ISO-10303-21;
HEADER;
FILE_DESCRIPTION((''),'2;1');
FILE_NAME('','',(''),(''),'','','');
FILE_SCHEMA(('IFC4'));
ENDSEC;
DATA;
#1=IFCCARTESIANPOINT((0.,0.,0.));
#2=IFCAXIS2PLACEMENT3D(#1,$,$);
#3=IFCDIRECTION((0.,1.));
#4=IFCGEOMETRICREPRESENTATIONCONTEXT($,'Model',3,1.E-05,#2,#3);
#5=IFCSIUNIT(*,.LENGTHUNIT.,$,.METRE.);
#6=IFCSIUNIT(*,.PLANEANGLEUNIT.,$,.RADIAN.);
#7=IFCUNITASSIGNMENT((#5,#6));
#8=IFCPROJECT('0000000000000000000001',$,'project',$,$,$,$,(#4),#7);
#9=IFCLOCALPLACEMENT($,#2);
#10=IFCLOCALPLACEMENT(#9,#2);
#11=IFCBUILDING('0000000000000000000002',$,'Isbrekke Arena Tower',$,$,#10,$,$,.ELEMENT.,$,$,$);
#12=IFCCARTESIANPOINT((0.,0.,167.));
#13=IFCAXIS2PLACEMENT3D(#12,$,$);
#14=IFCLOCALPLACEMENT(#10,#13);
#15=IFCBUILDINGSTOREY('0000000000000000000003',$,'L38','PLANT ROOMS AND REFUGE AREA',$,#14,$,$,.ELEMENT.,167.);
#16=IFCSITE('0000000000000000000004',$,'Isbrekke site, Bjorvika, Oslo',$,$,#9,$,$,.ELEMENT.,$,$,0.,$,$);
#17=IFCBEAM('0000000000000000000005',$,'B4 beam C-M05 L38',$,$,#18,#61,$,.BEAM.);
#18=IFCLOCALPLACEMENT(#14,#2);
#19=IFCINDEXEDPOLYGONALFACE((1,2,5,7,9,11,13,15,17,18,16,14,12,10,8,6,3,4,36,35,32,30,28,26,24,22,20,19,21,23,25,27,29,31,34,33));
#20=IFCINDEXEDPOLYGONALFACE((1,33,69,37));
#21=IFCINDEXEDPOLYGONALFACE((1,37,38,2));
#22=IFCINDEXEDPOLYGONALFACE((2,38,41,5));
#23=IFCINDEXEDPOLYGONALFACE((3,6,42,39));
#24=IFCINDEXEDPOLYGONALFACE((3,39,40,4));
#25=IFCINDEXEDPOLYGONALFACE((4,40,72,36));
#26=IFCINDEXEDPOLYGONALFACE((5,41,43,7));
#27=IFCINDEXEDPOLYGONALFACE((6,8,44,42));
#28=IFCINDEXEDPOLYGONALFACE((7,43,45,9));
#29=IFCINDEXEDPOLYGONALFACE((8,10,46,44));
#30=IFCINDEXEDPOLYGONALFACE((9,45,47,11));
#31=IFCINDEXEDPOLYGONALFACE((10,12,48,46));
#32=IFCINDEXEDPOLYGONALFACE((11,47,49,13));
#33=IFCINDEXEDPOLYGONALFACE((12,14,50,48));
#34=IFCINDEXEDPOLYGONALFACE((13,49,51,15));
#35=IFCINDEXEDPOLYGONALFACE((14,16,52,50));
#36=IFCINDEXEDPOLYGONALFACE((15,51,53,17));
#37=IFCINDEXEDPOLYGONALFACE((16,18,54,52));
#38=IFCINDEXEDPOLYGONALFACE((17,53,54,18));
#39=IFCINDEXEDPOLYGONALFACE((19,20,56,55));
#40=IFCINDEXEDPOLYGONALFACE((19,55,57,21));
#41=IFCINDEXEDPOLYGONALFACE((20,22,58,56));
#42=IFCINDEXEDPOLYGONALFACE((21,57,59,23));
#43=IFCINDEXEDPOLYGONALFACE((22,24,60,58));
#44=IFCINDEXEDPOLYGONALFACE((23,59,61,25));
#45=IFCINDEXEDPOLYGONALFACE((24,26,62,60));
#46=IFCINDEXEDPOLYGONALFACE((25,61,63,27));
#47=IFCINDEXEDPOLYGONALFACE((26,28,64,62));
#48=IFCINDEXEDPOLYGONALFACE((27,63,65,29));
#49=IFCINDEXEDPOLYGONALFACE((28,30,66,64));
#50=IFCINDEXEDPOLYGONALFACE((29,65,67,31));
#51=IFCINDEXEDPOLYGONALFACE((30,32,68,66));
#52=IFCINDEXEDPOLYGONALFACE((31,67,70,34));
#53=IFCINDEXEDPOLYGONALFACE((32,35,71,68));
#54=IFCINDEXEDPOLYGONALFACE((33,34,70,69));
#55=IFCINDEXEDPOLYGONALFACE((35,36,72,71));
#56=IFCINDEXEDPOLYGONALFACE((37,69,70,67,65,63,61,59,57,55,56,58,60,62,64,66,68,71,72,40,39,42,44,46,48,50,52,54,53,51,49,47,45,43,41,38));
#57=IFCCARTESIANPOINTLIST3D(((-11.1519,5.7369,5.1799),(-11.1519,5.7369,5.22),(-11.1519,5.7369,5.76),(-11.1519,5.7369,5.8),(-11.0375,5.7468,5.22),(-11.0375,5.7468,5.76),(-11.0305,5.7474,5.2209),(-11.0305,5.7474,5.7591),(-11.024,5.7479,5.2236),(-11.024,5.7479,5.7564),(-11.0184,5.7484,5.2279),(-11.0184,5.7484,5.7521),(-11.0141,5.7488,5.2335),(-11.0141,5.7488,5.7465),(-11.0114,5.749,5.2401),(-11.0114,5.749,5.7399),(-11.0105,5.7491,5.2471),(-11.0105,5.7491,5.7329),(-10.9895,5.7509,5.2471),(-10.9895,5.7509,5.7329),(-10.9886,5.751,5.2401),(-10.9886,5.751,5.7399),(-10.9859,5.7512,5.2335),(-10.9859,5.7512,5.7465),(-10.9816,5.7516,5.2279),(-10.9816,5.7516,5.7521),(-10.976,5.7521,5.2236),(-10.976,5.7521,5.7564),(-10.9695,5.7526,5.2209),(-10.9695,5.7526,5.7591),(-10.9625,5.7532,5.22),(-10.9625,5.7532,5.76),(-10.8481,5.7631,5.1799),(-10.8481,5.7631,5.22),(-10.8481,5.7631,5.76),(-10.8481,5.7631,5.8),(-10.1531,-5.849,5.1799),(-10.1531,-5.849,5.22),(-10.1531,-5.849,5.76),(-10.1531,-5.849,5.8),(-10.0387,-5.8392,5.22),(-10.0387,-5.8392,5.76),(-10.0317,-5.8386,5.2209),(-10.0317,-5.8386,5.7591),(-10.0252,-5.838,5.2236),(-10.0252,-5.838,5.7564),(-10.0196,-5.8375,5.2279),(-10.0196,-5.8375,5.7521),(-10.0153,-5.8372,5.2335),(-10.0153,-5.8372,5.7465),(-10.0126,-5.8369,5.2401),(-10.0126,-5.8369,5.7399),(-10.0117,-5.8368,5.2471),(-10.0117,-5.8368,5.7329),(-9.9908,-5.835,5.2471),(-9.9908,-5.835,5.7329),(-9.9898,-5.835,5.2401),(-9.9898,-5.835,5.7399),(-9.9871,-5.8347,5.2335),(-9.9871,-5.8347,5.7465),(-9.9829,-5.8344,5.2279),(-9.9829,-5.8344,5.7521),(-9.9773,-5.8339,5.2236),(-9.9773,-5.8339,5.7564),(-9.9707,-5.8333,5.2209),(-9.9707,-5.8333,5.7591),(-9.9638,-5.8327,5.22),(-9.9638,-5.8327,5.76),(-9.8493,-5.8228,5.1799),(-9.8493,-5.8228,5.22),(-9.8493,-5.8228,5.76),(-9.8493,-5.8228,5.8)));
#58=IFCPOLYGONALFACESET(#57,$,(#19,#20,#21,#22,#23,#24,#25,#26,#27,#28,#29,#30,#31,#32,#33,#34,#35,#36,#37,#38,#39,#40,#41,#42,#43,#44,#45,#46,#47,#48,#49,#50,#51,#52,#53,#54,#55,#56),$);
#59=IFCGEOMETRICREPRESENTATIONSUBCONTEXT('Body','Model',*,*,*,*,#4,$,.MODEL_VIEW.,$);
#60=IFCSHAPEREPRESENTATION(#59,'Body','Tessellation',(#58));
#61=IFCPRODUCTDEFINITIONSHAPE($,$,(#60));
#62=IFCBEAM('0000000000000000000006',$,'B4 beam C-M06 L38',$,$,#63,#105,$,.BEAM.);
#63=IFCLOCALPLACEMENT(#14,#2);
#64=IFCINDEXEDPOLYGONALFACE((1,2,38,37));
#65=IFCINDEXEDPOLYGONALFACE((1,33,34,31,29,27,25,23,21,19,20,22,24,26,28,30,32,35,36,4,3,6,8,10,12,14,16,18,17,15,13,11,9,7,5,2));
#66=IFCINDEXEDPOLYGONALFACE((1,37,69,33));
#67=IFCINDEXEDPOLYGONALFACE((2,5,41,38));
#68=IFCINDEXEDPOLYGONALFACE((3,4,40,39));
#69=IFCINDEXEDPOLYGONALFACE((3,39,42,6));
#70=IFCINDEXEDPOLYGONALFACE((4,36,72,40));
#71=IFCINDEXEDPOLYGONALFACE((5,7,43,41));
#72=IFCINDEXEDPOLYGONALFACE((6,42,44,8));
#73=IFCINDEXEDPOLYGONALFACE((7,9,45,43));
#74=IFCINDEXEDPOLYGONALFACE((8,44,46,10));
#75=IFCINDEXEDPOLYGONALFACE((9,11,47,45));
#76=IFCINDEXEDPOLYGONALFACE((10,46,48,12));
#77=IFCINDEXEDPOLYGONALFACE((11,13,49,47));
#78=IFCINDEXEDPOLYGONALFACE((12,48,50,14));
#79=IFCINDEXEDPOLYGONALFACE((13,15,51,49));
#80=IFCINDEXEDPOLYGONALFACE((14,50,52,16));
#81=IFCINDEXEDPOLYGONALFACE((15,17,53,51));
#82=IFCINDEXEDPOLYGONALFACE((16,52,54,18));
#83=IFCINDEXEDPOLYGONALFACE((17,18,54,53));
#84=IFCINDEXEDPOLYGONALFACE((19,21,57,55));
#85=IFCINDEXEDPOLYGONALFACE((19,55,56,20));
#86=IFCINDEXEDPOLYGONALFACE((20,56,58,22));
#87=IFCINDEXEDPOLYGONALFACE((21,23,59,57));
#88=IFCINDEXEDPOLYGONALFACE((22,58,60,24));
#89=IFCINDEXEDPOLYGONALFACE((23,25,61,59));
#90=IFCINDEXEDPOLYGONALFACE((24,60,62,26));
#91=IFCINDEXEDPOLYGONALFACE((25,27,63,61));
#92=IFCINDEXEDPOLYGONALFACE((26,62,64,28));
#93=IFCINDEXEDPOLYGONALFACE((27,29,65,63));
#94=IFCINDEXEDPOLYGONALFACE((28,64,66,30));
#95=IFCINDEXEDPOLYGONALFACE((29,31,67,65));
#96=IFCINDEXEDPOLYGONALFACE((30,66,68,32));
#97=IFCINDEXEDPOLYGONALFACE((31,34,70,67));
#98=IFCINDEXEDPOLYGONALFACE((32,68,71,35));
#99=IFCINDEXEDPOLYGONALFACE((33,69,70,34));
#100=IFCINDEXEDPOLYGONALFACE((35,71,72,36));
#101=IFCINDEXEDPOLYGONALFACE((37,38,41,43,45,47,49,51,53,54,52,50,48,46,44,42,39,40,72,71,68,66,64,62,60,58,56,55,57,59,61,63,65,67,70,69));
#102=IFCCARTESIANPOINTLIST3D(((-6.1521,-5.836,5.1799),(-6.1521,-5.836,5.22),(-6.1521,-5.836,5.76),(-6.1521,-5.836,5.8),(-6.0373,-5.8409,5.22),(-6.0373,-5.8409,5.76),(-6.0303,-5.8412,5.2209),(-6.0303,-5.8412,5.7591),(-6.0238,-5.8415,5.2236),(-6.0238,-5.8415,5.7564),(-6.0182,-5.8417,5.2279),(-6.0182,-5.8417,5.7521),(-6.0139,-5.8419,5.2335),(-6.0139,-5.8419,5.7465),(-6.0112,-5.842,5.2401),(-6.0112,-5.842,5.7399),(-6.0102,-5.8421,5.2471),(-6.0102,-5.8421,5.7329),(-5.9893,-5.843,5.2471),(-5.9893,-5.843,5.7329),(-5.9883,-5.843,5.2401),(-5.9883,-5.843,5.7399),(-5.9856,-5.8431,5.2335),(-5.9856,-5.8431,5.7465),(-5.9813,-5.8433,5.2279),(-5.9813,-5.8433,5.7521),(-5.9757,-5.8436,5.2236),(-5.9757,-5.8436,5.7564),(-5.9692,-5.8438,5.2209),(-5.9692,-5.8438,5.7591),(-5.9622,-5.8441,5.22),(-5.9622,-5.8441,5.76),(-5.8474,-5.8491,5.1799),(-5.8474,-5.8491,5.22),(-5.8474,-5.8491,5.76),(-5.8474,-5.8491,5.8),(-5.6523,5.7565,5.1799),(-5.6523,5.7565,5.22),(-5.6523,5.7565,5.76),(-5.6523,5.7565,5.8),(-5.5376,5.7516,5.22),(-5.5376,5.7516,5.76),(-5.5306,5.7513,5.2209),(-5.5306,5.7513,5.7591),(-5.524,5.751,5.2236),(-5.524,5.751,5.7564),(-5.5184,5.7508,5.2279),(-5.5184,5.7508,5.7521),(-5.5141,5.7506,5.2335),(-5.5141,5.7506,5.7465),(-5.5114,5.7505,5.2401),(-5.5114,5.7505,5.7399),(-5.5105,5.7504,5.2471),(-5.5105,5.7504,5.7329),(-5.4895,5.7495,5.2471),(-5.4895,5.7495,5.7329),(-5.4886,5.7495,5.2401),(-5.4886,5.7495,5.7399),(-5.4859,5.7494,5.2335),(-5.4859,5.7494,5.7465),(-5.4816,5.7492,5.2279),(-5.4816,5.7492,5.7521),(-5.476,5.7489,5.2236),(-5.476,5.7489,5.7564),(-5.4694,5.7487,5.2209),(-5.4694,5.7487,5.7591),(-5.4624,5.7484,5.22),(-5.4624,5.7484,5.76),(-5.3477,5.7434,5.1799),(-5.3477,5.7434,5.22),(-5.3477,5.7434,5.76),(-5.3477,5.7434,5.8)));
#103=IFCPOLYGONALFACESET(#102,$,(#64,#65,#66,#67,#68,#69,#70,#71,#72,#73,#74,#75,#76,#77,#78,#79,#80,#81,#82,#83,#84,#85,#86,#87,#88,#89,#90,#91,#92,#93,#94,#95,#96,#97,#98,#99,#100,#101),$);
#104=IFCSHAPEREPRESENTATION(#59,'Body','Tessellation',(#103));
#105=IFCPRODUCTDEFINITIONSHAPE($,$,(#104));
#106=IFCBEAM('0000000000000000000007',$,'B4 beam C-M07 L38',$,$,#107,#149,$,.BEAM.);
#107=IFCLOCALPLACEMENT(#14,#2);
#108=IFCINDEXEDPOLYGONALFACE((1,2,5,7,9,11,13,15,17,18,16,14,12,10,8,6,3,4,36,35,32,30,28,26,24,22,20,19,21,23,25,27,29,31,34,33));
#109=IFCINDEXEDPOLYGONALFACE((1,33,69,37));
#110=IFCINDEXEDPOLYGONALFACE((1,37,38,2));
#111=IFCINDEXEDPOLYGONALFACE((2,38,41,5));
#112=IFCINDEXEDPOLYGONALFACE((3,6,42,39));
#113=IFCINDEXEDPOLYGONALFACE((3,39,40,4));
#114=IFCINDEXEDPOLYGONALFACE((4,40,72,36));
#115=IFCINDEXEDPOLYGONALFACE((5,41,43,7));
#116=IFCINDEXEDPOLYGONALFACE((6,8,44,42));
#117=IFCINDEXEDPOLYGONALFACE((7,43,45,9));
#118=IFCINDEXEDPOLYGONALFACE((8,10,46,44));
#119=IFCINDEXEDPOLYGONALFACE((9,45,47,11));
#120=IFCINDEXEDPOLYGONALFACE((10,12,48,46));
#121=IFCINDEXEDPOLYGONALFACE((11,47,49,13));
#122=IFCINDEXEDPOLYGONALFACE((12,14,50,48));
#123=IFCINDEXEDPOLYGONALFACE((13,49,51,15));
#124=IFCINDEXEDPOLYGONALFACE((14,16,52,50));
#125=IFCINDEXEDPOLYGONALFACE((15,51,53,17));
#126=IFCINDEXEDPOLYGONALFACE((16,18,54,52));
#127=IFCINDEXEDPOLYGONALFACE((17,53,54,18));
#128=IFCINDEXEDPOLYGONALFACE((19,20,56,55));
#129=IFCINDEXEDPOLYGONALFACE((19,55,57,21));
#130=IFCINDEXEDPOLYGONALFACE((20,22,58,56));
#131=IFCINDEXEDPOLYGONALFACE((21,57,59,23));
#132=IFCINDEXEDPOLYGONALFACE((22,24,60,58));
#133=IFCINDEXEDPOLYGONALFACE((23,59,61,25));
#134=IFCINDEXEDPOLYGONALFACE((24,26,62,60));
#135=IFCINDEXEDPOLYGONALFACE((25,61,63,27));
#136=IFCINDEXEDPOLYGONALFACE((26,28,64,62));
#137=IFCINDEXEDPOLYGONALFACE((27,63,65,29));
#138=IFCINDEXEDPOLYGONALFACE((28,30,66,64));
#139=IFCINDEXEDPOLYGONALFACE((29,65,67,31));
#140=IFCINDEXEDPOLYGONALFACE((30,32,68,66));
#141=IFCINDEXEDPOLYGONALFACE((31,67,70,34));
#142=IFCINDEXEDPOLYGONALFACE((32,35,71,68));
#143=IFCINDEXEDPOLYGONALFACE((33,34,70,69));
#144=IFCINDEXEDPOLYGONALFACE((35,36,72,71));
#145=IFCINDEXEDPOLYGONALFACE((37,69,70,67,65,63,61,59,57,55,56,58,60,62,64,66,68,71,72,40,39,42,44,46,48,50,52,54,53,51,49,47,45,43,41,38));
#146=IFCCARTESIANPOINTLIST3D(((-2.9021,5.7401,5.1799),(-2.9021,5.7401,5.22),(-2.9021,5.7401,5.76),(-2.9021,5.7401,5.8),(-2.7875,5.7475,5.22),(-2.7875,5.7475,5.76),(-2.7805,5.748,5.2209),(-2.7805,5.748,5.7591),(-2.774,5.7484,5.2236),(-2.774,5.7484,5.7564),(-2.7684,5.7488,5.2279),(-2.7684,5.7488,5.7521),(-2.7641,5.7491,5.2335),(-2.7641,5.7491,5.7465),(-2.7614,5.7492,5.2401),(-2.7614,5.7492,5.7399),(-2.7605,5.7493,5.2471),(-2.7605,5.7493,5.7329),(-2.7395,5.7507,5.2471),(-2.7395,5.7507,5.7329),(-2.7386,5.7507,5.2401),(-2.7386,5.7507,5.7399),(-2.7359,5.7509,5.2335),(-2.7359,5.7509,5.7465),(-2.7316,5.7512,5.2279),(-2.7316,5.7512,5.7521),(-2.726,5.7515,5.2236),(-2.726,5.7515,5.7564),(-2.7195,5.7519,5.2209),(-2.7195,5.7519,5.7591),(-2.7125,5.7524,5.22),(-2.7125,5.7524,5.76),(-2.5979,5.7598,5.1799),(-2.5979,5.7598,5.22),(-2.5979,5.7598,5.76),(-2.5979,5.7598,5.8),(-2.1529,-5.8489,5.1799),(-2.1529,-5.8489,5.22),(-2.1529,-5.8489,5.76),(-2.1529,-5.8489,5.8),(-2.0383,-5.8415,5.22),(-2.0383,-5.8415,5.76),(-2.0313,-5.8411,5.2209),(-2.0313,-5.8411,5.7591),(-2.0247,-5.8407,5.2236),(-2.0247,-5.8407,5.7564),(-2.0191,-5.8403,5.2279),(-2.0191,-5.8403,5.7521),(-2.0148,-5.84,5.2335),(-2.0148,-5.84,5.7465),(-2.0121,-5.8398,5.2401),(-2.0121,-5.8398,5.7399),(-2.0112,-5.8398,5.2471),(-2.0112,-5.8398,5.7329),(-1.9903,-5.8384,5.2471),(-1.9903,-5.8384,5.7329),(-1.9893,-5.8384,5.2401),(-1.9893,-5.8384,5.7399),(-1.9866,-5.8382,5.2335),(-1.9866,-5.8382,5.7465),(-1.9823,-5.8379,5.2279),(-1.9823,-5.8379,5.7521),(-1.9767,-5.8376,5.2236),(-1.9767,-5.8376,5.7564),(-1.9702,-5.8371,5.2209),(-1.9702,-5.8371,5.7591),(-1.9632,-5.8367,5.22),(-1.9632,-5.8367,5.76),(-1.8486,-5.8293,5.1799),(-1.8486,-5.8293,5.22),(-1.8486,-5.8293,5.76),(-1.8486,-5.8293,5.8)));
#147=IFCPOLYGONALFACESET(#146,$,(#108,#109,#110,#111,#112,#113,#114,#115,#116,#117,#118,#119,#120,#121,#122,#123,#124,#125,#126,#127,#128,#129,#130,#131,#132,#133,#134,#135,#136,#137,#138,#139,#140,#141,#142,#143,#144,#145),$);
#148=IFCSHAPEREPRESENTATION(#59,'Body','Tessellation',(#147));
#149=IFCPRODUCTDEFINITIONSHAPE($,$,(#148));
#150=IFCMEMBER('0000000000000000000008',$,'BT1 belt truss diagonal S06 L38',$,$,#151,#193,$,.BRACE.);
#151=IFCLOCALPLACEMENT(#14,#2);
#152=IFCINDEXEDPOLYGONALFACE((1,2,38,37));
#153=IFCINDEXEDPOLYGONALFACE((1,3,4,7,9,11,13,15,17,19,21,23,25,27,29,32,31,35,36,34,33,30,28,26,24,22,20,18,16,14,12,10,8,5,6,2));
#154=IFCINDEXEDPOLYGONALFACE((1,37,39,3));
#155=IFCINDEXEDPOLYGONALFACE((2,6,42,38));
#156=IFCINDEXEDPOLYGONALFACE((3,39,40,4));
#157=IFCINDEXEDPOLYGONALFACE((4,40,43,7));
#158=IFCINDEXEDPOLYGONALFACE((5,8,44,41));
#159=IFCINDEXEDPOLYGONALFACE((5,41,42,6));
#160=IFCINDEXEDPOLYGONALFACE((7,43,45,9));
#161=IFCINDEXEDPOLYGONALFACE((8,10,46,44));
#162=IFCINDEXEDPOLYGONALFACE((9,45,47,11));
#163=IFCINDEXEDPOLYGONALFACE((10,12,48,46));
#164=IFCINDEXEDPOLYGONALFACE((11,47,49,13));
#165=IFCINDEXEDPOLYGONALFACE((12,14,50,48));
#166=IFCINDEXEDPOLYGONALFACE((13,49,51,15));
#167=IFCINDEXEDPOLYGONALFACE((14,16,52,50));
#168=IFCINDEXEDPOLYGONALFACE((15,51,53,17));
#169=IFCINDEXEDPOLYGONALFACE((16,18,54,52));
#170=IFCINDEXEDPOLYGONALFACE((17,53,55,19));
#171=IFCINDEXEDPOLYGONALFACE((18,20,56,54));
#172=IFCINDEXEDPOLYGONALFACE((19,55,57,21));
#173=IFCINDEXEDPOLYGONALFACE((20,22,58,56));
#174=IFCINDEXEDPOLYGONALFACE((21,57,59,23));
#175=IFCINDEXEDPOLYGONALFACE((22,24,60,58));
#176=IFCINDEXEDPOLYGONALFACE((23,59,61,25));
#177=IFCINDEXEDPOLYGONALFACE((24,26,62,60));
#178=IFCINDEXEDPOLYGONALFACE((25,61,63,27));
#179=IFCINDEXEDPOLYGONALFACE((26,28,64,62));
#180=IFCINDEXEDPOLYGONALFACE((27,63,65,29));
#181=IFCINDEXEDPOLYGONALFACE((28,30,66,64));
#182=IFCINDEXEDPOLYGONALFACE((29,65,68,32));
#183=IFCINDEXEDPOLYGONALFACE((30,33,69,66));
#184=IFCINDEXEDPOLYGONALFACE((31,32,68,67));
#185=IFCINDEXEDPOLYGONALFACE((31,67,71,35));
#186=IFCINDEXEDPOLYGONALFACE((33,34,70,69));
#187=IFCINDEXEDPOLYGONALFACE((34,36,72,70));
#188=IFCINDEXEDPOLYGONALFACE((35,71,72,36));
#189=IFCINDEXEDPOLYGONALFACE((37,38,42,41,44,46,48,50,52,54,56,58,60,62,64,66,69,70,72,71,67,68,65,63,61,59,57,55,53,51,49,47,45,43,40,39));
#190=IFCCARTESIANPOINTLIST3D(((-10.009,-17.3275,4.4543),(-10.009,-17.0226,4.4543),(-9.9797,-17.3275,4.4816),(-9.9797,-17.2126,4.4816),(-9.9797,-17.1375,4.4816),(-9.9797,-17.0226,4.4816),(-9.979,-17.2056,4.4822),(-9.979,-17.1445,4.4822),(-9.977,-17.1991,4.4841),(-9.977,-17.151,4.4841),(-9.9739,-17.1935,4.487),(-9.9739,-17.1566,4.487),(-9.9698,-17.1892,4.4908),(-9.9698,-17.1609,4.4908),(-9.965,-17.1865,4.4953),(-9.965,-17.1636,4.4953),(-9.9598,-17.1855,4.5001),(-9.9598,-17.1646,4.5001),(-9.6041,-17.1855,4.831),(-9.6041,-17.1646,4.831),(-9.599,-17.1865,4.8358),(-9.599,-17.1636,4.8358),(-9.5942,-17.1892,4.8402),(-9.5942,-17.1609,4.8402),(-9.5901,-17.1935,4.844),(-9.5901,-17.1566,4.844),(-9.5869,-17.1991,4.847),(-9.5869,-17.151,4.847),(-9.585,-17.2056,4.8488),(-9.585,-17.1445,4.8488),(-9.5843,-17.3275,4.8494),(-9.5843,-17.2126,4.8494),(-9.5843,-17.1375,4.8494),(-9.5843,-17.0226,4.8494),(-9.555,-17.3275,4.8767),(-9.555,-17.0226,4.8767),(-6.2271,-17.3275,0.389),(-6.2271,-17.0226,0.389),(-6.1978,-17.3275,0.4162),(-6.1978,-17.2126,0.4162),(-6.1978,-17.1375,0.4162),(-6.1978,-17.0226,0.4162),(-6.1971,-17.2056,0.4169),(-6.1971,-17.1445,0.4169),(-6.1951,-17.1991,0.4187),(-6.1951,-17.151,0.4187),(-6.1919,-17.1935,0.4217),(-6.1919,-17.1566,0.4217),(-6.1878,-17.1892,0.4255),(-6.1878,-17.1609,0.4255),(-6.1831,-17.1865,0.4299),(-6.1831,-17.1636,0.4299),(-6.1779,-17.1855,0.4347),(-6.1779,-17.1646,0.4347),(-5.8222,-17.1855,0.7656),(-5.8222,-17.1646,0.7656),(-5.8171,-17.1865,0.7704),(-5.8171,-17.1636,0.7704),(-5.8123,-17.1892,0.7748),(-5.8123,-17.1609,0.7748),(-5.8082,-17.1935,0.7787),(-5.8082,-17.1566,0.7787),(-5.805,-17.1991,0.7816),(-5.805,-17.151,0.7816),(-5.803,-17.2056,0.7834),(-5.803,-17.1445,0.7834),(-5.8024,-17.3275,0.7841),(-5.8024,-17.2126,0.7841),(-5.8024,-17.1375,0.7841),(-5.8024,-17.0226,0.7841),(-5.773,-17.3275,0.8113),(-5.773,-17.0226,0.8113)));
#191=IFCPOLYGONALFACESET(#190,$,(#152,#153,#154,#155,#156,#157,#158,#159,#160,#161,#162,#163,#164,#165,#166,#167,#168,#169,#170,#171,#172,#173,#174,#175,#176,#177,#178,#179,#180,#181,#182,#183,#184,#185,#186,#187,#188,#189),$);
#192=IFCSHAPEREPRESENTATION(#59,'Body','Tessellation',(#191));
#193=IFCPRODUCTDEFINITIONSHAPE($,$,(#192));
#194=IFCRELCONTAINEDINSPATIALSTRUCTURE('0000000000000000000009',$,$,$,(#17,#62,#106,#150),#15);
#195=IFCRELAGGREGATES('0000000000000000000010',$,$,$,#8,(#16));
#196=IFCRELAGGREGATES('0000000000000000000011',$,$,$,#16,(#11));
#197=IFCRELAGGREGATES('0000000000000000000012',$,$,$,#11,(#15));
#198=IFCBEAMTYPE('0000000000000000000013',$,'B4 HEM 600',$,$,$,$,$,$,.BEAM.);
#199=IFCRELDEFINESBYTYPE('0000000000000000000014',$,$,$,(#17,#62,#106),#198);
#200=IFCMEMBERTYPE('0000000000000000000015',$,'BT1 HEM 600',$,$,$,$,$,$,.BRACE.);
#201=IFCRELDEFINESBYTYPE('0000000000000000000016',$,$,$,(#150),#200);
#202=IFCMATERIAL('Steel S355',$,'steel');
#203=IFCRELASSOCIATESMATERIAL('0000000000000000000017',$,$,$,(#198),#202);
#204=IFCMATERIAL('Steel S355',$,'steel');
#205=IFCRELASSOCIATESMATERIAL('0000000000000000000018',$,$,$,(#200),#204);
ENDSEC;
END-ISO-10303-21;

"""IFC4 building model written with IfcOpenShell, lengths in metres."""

from ifc_helpers import new_model, si_unit, direction, frame, origin, origin_2d, place, context, subcontext, project, spatial, i_section, extrude, material, material_profile, profile_set, type_object, element, save


model = new_model("IFC4")

# Units and contexts
model_context = context("Model", 3, precision=1e-05, world=origin(), true_north=direction((0.0, 1.0)))
body_context = subcontext(model_context, "Body", "Model", "MODEL_VIEW")
ifc_project = project(units=[si_unit("LENGTHUNIT", "METRE"), si_unit("PLANEANGLEUNIT", "RADIAN")], contexts=[model_context])

# Site, building, storey
site_placement = place(None, origin())
site = spatial("IfcSite", under=ifc_project, at=site_placement, Name="Isbrekke site, Bjorvika, Oslo", CompositionType="ELEMENT", RefElevation=0.0)
building_placement = place(site_placement, origin())
building = spatial("IfcBuilding", under=site, at=building_placement, Name="Isbrekke Arena Tower", CompositionType="ELEMENT")
storey_placement = place(building_placement, frame((0.0, 0.0, 167.0)))
storey = spatial("IfcBuildingStorey", under=building, at=storey_placement, Name="L38", Description="PLANT ROOMS AND REFUGE AREA", CompositionType="ELEMENT", Elevation=167.0)

# Beams
ifc_material_1 = material(Name="Steel S355", Category="steel")
ifc_material_profile_1 = material_profile(ifc_material_1, i_section(OverallWidth=0.3049, OverallDepth=0.6201, WebThickness=0.021, FlangeThickness=0.04, FilletRadius=0.0271, at=origin_2d()), Name="HEM 600")
ifc_profile_set_1 = profile_set([ifc_material_profile_1], Name="Steel S355")
beam_type_1 = type_object("IfcBeamType", Name="B4 HEM 600", PredefinedType="BEAM", material=ifc_profile_set_1)
beam_1_placement = place(storey_placement, frame((-10.0012, -5.8359, 5.49), z_axis=(-0.085888, 0.996305, 0.0), x_axis=(-0.996305, -0.085888, 0.0)))
element("IfcBeam", 1, at=beam_1_placement, inside=storey, type_object=beam_type_1, Name="B4 beam C-M05 L38", PredefinedType="BEAM", context=body_context, shape_type="SweptSolid", body=[
    extrude(i_section(OverallWidth=0.3049, OverallDepth=0.6201, WebThickness=0.021, FlangeThickness=0.04, FilletRadius=0.0271, at=origin_2d()), origin(), (0.0, 0.0, 1.0), 11.6289),
])
beam_2_placement = place(storey_placement, frame((-5.9998, -5.8425, 5.49), z_axis=(0.04307, 0.999072, 0.0), x_axis=(-0.999072, 0.04307, 0.0)))
element("IfcBeam", 2, at=beam_2_placement, inside=storey, type_object=beam_type_1, Name="B4 beam C-M06 L38", PredefinedType="BEAM", context=body_context, shape_type="SweptSolid", body=[
    extrude(i_section(OverallWidth=0.3049, OverallDepth=0.6201, WebThickness=0.021, FlangeThickness=0.04, FilletRadius=0.0271, at=origin_2d()), origin(), (0.0, 0.0, 1.0), 11.6033),
])
beam_3_placement = place(storey_placement, frame((-2.0007, -5.8391, 5.49), z_axis=(-0.064518, 0.997917, 0.0), x_axis=(-0.997917, -0.064518, 0.0)))
element("IfcBeam", 3, at=beam_3_placement, inside=storey, type_object=beam_type_1, Name="B4 beam C-M07 L38", PredefinedType="BEAM", context=body_context, shape_type="SweptSolid", body=[
    extrude(i_section(OverallWidth=0.3049, OverallDepth=0.6201, WebThickness=0.021, FlangeThickness=0.04, FilletRadius=0.0271, at=origin_2d()), origin(), (0.0, 0.0, 1.0), 11.6133),
])

# Member
ifc_material_2 = material(Name="Steel S355", Category="steel")
ifc_material_profile_2 = material_profile(ifc_material_2, i_section(OverallWidth=0.3049, OverallDepth=0.6201, WebThickness=0.021, FlangeThickness=0.04, FilletRadius=0.0271, at=origin_2d()), Name="HEM 600")
ifc_profile_set_2 = profile_set([ifc_material_profile_2], Name="Steel S355")
member_type_1 = type_object("IfcMemberType", Name="BT1 HEM 600", PredefinedType="BRACE", material=ifc_profile_set_2)
for number, where, z_axis, x_axis, name in (
    (4, (-9.782, -17.175, 4.6655), (0.681122, 0.0, -0.73217), (0.0, 1.0, 0.0), "BT1 belt truss diagonal S06 L38"),
):
    element("IfcMember", number, at=place(storey_placement, frame(where, z_axis=z_axis, x_axis=x_axis)), inside=storey, type_object=member_type_1, Name=name, PredefinedType="BRACE", context=body_context, shape_type="SweptSolid", body=[
        extrude(i_section(OverallWidth=0.3049, OverallDepth=0.6201, WebThickness=0.021, FlangeThickness=0.04, FilletRadius=0.0271, at=origin_2d()), origin(), (0.0, 0.0, 1.0), 5.5525),
    ])

save(model, "model.ifc")
